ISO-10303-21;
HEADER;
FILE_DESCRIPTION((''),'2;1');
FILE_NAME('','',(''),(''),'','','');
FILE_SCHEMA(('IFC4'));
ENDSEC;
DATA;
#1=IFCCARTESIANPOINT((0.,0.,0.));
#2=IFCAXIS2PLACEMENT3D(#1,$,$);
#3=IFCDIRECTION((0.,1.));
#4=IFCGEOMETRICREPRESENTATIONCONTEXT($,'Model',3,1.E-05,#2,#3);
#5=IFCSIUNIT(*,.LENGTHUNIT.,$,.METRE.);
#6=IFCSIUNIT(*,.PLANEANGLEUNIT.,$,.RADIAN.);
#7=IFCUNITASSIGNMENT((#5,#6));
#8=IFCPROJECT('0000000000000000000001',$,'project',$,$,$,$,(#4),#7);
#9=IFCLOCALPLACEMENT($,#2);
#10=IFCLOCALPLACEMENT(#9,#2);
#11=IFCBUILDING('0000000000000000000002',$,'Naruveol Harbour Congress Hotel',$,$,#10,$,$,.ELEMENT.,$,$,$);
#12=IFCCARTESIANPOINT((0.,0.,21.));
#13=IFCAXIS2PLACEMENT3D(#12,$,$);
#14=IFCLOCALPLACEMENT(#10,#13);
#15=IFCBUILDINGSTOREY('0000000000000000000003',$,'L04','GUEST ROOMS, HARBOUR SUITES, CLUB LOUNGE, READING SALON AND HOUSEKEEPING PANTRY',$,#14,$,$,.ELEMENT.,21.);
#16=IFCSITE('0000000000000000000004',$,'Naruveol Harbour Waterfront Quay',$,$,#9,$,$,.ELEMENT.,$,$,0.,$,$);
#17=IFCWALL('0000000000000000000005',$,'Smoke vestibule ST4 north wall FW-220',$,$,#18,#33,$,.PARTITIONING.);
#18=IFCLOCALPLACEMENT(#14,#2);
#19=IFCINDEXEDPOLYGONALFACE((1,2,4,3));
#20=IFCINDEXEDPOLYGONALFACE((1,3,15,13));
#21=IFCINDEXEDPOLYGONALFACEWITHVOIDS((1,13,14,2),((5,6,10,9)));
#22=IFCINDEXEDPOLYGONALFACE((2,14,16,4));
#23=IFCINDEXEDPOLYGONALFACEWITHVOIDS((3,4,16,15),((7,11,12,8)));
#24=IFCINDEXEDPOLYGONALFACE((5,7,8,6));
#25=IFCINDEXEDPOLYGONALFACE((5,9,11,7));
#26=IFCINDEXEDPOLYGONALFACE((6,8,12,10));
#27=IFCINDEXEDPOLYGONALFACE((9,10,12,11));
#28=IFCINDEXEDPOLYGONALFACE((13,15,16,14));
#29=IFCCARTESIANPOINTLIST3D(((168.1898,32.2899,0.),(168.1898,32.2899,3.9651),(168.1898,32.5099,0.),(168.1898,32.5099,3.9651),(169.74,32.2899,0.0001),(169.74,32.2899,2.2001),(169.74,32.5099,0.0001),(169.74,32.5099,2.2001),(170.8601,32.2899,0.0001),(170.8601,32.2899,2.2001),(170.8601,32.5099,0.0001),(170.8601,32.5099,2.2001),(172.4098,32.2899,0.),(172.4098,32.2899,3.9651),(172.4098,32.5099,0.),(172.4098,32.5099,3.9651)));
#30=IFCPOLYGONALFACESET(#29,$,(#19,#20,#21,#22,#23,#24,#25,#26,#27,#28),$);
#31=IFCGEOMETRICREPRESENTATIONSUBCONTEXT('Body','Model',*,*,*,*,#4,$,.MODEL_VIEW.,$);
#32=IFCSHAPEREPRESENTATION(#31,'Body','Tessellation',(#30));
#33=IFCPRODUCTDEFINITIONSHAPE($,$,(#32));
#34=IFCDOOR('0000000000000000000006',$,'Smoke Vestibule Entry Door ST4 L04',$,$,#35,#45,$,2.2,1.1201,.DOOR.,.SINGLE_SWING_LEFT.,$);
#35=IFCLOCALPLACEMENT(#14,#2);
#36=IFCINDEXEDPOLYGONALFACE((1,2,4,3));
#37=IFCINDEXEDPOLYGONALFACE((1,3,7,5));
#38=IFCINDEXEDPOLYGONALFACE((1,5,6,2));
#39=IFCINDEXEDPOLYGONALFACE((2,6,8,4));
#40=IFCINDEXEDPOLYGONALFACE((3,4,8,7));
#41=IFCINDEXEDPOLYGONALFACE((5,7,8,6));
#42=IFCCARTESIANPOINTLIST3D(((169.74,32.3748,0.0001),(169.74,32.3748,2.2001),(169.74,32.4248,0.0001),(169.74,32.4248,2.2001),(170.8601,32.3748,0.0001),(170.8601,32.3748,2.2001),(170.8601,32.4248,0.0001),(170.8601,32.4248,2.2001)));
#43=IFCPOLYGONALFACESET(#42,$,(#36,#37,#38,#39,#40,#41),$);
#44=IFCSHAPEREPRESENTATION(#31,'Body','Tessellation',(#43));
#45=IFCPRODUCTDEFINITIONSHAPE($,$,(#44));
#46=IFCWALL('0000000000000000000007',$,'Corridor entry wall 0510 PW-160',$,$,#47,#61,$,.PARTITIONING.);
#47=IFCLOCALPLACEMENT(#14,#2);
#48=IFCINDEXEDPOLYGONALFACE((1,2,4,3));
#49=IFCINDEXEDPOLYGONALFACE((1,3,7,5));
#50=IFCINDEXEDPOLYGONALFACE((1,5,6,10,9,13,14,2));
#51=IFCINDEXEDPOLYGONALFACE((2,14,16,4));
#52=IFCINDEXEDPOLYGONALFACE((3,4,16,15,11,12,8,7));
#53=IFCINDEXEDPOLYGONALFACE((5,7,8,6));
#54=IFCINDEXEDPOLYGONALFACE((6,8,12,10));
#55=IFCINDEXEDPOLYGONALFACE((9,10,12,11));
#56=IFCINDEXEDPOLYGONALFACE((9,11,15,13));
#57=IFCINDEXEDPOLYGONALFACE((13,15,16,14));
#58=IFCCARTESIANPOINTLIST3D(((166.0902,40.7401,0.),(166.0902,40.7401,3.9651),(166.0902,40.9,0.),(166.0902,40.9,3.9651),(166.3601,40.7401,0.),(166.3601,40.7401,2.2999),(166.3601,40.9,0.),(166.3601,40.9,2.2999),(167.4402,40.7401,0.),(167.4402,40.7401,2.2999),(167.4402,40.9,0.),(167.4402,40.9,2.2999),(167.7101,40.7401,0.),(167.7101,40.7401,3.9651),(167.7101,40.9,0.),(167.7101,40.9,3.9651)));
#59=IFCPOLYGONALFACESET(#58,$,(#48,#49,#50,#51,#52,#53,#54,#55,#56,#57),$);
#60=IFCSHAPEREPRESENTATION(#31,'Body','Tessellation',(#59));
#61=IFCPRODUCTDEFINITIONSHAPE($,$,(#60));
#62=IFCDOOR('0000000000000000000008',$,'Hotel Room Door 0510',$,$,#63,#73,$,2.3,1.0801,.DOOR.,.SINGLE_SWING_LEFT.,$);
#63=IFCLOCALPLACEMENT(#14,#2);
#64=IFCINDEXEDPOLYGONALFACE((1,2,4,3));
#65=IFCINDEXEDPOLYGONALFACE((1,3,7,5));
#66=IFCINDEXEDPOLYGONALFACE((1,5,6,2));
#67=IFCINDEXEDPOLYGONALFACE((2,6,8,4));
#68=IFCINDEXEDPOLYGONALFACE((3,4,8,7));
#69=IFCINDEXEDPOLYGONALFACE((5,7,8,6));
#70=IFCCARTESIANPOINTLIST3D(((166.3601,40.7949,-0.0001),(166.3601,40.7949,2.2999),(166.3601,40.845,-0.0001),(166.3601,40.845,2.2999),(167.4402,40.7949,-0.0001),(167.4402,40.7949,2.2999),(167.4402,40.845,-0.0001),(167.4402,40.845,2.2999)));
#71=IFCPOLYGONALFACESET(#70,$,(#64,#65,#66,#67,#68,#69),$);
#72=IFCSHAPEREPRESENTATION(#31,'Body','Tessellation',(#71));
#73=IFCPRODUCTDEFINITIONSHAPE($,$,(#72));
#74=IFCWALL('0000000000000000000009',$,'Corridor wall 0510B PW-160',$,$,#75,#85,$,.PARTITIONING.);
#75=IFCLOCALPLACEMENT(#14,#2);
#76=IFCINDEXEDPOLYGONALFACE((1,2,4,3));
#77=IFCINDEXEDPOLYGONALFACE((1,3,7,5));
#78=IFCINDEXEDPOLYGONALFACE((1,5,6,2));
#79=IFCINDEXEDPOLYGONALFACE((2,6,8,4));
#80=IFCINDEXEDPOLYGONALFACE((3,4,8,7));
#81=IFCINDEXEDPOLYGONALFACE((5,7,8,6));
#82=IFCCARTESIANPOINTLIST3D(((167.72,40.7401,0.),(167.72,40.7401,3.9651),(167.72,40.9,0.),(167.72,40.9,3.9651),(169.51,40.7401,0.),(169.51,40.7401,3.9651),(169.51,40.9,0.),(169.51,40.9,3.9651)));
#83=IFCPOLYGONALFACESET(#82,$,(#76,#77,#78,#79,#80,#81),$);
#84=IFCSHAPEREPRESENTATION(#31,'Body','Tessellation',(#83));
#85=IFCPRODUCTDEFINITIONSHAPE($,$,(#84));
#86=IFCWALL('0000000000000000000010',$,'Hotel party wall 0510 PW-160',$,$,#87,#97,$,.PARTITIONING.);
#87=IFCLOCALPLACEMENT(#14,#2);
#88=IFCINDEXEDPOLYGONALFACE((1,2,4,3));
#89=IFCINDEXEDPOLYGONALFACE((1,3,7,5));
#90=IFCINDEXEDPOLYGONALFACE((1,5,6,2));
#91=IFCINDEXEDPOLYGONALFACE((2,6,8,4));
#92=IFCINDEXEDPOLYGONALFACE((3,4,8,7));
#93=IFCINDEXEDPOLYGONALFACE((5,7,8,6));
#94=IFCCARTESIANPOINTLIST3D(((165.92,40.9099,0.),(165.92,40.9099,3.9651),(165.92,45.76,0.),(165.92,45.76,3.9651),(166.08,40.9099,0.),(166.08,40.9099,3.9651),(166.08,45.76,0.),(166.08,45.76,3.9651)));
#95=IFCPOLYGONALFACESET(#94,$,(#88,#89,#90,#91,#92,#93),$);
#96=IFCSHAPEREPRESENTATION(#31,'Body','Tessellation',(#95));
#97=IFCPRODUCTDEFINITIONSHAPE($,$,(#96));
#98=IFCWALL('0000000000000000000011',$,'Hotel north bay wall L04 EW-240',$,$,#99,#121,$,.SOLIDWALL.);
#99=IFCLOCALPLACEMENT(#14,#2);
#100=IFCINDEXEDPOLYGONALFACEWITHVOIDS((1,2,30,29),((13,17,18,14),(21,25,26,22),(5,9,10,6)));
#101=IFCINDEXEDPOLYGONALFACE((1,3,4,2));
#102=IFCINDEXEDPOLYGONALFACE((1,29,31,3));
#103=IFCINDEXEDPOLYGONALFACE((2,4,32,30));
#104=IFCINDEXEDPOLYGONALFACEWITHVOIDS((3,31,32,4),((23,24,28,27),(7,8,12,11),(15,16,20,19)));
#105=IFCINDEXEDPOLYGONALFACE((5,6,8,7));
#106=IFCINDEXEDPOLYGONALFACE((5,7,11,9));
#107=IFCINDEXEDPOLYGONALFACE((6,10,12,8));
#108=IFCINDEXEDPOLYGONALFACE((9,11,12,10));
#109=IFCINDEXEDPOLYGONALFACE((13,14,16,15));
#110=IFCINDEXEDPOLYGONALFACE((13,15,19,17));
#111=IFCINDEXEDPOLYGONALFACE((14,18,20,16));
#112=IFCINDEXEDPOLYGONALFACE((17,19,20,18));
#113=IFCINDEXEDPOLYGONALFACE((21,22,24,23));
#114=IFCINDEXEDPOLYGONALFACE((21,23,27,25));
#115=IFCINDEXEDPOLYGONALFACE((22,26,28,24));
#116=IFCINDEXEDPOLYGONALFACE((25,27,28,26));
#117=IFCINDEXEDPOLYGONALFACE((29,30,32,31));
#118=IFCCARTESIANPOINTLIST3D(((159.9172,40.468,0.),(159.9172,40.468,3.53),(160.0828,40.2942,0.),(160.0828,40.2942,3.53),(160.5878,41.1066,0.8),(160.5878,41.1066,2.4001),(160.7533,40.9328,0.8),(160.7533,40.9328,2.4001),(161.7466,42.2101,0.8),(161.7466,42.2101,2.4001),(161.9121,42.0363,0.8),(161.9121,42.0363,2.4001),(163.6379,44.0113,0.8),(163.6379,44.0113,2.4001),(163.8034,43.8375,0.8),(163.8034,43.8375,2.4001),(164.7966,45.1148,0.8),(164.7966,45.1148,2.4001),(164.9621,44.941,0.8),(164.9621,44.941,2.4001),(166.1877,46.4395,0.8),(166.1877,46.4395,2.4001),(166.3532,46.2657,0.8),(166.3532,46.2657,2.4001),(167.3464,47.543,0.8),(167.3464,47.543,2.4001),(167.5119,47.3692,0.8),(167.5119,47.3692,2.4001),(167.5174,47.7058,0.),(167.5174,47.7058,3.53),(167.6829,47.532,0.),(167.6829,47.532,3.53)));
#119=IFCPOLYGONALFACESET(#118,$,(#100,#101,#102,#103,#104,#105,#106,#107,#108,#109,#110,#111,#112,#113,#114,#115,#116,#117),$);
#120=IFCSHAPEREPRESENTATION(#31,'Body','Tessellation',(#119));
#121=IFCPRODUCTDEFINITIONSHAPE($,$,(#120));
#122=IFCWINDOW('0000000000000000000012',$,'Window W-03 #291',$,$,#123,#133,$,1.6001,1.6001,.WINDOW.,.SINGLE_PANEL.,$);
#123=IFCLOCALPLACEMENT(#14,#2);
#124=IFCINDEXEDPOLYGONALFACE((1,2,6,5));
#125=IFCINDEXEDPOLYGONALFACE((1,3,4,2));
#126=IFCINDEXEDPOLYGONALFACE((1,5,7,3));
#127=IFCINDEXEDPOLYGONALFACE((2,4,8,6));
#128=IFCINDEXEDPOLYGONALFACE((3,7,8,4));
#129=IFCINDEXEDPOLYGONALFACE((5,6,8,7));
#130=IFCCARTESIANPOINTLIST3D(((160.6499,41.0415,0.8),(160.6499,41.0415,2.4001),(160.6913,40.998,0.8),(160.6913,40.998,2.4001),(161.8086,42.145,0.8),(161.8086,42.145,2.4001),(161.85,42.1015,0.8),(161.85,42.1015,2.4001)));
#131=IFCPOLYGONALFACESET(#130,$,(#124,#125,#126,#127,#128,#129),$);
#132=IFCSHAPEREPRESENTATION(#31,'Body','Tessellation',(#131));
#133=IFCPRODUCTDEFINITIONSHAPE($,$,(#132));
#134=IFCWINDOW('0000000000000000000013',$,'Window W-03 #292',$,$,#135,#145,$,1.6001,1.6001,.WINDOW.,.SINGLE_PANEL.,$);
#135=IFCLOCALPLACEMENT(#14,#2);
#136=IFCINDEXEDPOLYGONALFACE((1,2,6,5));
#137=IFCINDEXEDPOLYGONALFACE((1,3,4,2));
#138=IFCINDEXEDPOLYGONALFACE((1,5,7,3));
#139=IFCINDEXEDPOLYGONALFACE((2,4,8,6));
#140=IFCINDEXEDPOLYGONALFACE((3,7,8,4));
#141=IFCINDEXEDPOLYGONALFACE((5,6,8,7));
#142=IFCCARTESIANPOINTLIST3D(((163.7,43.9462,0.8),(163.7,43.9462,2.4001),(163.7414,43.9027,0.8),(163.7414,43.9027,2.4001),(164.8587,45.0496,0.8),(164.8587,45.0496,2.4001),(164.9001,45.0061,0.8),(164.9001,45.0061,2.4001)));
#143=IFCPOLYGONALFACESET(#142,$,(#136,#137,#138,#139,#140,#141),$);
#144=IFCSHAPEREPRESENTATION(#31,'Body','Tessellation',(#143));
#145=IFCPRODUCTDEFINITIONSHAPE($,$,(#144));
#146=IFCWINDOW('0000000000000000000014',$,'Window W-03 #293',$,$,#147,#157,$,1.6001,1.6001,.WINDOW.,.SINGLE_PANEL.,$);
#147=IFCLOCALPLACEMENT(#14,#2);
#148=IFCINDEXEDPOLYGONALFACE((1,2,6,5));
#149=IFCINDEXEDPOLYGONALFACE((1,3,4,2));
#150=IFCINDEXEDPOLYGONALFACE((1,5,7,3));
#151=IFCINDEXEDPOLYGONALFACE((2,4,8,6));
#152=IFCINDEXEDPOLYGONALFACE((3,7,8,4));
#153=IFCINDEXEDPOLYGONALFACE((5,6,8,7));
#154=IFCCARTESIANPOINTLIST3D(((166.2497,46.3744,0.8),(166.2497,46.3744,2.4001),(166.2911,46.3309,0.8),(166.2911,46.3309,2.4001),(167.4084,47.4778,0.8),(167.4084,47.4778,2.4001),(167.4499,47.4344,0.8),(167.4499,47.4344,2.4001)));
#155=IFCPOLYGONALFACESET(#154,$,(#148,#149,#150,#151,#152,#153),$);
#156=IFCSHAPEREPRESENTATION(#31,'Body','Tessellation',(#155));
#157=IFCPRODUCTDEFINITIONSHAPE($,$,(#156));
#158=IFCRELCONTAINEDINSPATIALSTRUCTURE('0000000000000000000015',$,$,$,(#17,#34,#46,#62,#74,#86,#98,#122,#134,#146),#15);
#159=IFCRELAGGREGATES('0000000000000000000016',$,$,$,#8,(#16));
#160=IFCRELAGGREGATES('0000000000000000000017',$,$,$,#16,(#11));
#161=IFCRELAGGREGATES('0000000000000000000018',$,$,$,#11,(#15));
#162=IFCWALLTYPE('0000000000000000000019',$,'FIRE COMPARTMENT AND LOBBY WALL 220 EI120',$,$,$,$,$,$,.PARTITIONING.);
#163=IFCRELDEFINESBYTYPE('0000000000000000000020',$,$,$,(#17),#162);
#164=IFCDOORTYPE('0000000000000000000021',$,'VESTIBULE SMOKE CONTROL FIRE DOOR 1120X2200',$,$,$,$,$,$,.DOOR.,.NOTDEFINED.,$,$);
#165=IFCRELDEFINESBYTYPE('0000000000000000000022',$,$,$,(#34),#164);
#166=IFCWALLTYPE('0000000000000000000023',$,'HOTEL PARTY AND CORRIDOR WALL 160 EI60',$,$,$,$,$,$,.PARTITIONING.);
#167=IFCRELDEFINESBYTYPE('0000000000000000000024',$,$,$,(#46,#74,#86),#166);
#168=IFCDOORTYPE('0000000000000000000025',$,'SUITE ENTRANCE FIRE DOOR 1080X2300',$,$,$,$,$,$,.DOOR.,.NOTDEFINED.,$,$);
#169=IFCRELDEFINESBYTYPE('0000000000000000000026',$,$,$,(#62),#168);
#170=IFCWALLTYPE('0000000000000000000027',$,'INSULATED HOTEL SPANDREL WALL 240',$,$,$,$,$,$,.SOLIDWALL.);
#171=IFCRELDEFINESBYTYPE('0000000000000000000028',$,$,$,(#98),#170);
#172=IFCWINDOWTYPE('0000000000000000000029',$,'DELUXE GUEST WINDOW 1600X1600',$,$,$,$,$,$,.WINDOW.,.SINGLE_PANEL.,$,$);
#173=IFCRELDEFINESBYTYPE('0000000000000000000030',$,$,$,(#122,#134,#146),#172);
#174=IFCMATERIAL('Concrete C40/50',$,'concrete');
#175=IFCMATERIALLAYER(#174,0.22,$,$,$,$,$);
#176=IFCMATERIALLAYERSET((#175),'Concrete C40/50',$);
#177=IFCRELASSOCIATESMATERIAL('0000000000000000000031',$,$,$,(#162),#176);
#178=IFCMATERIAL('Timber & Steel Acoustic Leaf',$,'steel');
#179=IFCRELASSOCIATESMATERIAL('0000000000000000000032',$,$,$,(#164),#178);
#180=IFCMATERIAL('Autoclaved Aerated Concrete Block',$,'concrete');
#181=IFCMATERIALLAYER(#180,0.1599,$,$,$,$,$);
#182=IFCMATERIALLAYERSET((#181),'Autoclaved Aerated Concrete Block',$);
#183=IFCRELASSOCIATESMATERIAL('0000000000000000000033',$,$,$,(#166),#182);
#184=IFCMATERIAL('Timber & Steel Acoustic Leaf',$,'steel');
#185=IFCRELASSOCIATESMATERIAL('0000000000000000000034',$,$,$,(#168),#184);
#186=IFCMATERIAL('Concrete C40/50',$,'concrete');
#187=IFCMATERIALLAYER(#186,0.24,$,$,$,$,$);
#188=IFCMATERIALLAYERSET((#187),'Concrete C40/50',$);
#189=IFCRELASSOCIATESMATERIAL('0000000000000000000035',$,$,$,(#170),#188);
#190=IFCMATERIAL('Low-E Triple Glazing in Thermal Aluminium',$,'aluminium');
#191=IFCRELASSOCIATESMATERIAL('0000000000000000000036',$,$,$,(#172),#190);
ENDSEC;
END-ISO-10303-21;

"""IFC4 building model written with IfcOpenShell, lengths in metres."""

from ifc_helpers import new_model, si_unit, direction, frame, frame_2d, origin, place, context, subcontext, project, spatial, rectangle, extrude, material, layer, layer_set, type_object, element, fill, save


model = new_model("IFC4")

# Units and contexts
model_context = context("Model", 3, precision=1e-05, world=origin(), true_north=direction((0.0, 1.0)))
body_context = subcontext(model_context, "Body", "Model", "MODEL_VIEW")
ifc_project = project(units=[si_unit("LENGTHUNIT", "METRE"), si_unit("PLANEANGLEUNIT", "RADIAN")], contexts=[model_context])

# Site, building, storey
site_placement = place(None, origin())
site = spatial("IfcSite", under=ifc_project, at=site_placement, Name="Naruveol Harbour Waterfront Quay", CompositionType="ELEMENT", RefElevation=0.0)
building_placement = place(site_placement, origin())
building = spatial("IfcBuilding", under=site, at=building_placement, Name="Naruveol Harbour Congress Hotel", CompositionType="ELEMENT")
storey_placement = place(building_placement, frame((0.0, 0.0, 21.0)))
storey = spatial("IfcBuildingStorey", under=building, at=storey_placement, Name="L04", Description="GUEST ROOMS, HARBOUR SUITES, CLUB LOUNGE, READING SALON AND HOUSEKEEPING PANTRY", CompositionType="ELEMENT", Elevation=21.0)

# Walls, openings, doors
ifc_material_1 = material(Name="Concrete C40/50", Category="concrete")
ifc_layer_1 = layer(ifc_material_1, 0.22)
ifc_layer_set_1 = layer_set([ifc_layer_1], Name="Concrete C40/50")
wall_type_1 = type_object("IfcWallType", Name="FIRE COMPARTMENT AND LOBBY WALL 220 EI120", PredefinedType="PARTITIONING", material=ifc_layer_set_1)
wall_1_placement = place(storey_placement, frame((168.1899, 32.3999, 0.0), z_axis=(0.0, 0.0, 1.0), x_axis=(1.0, 0.0, 0.0)))
wall_1 = element("IfcWall", 1, at=wall_1_placement, inside=storey, type_object=wall_type_1, Name="Smoke vestibule ST4 north wall FW-220", PredefinedType="PARTITIONING", context=body_context, shape_type="SweptSolid", body=[
    extrude(rectangle(XDim=4.22, YDim=0.22, at=frame_2d((2.1099, 0.0))), origin(), (0.0, 0.0, 1.0), 3.9651),
])
opening_1_placement = place(wall_1_placement, frame((1.55, 0.0, 0.0)))
opening_1 = element("IfcOpeningElement", 2, at=opening_1_placement, cuts=wall_1, PredefinedType="OPENING", context=body_context, shape_type="SweptSolid", body=[
    extrude(rectangle(XDim=1.1201, YDim=2.2, at=frame_2d((0.5601, 1.1001))), frame((0.0, 0.1199, 0.0), z_axis=(0.0, -1.0, 0.0), x_axis=(1.0, 0.0, 0.0)), (0.0, 0.0, 1.0), 0.24),
])
ifc_material_2 = material(Name="Timber & Steel Acoustic Leaf", Category="steel")
door_type_1 = type_object("IfcDoorType", Name="VESTIBULE SMOKE CONTROL FIRE DOOR 1120X2200", OperationType="NOTDEFINED", PredefinedType="DOOR", material=ifc_material_2)
door_1_placement = place(opening_1_placement, origin())
door_1 = element("IfcDoor", 3, at=door_1_placement, inside=storey, type_object=door_type_1, Name="Smoke Vestibule Entry Door ST4 L04", OperationType="SINGLE_SWING_LEFT", OverallHeight=2.2, OverallWidth=1.1201, PredefinedType="DOOR", context=body_context, shape_type="SweptSolid", body=[
    extrude(rectangle(XDim=1.1201, YDim=2.2, at=frame_2d((0.5601, 1.1001))), frame((0.0, 0.0249, 0.0), z_axis=(0.0, -1.0, 0.0), x_axis=(1.0, 0.0, 0.0)), (0.0, 0.0, 1.0), 0.05),
])
fill(opening_1, door_1)
ifc_material_3 = material(Name="Autoclaved Aerated Concrete Block", Category="concrete")
ifc_layer_2 = layer(ifc_material_3, 0.1599)
ifc_layer_set_2 = layer_set([ifc_layer_2], Name="Autoclaved Aerated Concrete Block")
wall_type_2 = type_object("IfcWallType", Name="HOTEL PARTY AND CORRIDOR WALL 160 EI60", PredefinedType="PARTITIONING", material=ifc_layer_set_2)
wall_2_placement = place(storey_placement, frame((166.0901, 40.8201, 0.0), z_axis=(0.0, 0.0, 1.0), x_axis=(1.0, 0.0, 0.0)))
wall_2 = element("IfcWall", 4, at=wall_2_placement, inside=storey, type_object=wall_type_2, Name="Corridor entry wall 0510 PW-160", PredefinedType="PARTITIONING", context=body_context, shape_type="SweptSolid", body=[
    extrude(rectangle(XDim=1.6199, YDim=0.1599, at=frame_2d((0.8101, 0.0))), origin(), (0.0, 0.0, 1.0), 3.9651),
])
opening_2_placement = place(wall_2_placement, frame((0.27, 0.0, 0.0)))
opening_2 = element("IfcOpeningElement", 5, at=opening_2_placement, cuts=wall_2, PredefinedType="OPENING", context=body_context, shape_type="SweptSolid", body=[
    extrude(rectangle(XDim=1.0801, YDim=2.3, at=frame_2d((0.54, 1.1499))), frame((0.0, 0.0898, 0.0), z_axis=(0.0, -1.0, 0.0), x_axis=(1.0, 0.0, 0.0)), (0.0, 0.0, 1.0), 0.1799),
])
ifc_material_4 = material(Name="Timber & Steel Acoustic Leaf", Category="steel")
door_type_2 = type_object("IfcDoorType", Name="SUITE ENTRANCE FIRE DOOR 1080X2300", OperationType="NOTDEFINED", PredefinedType="DOOR", material=ifc_material_4)
door_2_placement = place(opening_2_placement, origin())
door_2 = element("IfcDoor", 6, at=door_2_placement, inside=storey, type_object=door_type_2, Name="Hotel Room Door 0510", OperationType="SINGLE_SWING_LEFT", OverallHeight=2.3, OverallWidth=1.0801, PredefinedType="DOOR", context=body_context, shape_type="SweptSolid", body=[
    extrude(rectangle(XDim=1.0801, YDim=2.3, at=frame_2d((0.54, 1.1499))), frame((0.0, 0.0249, 0.0), z_axis=(0.0, -1.0, 0.0), x_axis=(1.0, 0.0, 0.0)), (0.0, 0.0, 1.0), 0.05),
])
fill(opening_2, door_2)

# Walls
wall_3_placement = place(storey_placement, frame((167.72, 40.8201, 0.0), z_axis=(0.0, 0.0, 1.0), x_axis=(1.0, 0.0, 0.0)))
element("IfcWall", 7, at=wall_3_placement, inside=storey, type_object=wall_type_2, Name="Corridor wall 0510B PW-160", PredefinedType="PARTITIONING", context=body_context, shape_type="SweptSolid", body=[
    extrude(rectangle(XDim=1.79, YDim=0.1599, at=frame_2d((0.895, 0.0))), origin(), (0.0, 0.0, 1.0), 3.9651),
])
wall_4_placement = place(storey_placement, frame((166.0, 40.9099, 0.0), z_axis=(0.0, 0.0, 1.0), x_axis=(0.0, 1.0, 0.0)))
element("IfcWall", 8, at=wall_4_placement, inside=storey, type_object=wall_type_2, Name="Hotel party wall 0510 PW-160", PredefinedType="PARTITIONING", context=body_context, shape_type="SweptSolid", body=[
    extrude(rectangle(XDim=4.8501, YDim=0.1599, at=frame_2d((2.425, 0.0))), origin(), (0.0, 0.0, 1.0), 3.9651),
])

# Wall, openings, windows
ifc_material_5 = material(Name="Concrete C40/50", Category="concrete")
ifc_layer_3 = layer(ifc_material_5, 0.24)
ifc_layer_set_3 = layer_set([ifc_layer_3], Name="Concrete C40/50")
wall_type_3 = type_object("IfcWallType", Name="INSULATED HOTEL SPANDREL WALL 240", PredefinedType="SOLIDWALL", material=ifc_layer_set_3)
wall_5_placement = place(storey_placement, frame((160.0, 40.3811, 0.0), z_axis=(0.0, 0.0, 1.0), x_axis=(0.724157, 0.689635, 0.0)))
wall_5 = element("IfcWall", 9, at=wall_5_placement, inside=storey, type_object=wall_type_3, Name="Hotel north bay wall L04 EW-240", PredefinedType="SOLIDWALL", context=body_context, shape_type="SweptSolid", body=[
    extrude(rectangle(XDim=10.4951, YDim=0.24, at=frame_2d((5.2476, 0.0))), origin(), (0.0, 0.0, 1.0), 3.53),
])
opening_3_placement = place(wall_5_placement, frame((0.926, 0.0, 0.8)))
opening_3 = element("IfcOpeningElement", 10, at=opening_3_placement, cuts=wall_5, PredefinedType="OPENING", context=body_context, shape_type="SweptSolid", body=[
    extrude(rectangle(XDim=1.6001, YDim=1.6001, at=frame_2d((0.8, 0.8))), frame((0.0, 0.1299, 0.0), z_axis=(0.0, -1.0, 0.0), x_axis=(1.0, 0.0, 0.0)), (0.0, 0.0, 1.0), 0.26),
])
opening_4_placement = place(wall_5_placement, frame((5.1379, 0.0, 0.8)))
opening_4 = element("IfcOpeningElement", 11, at=opening_4_placement, cuts=wall_5, PredefinedType="OPENING", context=body_context, shape_type="SweptSolid", body=[
    extrude(rectangle(XDim=1.6001, YDim=1.6001, at=frame_2d((0.8, 0.8))), frame((0.0, 0.1299, 0.0), z_axis=(0.0, -1.0, 0.0), x_axis=(1.0, 0.0, 0.0)), (0.0, 0.0, 1.0), 0.26),
])
opening_5_placement = place(wall_5_placement, frame((8.6589, 0.0, 0.8)))
opening_5 = element("IfcOpeningElement", 12, at=opening_5_placement, cuts=wall_5, PredefinedType="OPENING", context=body_context, shape_type="SweptSolid", body=[
    extrude(rectangle(XDim=1.6001, YDim=1.6001, at=frame_2d((0.8, 0.8))), frame((0.0, 0.1299, 0.0), z_axis=(0.0, -1.0, 0.0), x_axis=(1.0, 0.0, 0.0)), (0.0, 0.0, 1.0), 0.26),
])
ifc_material_6 = material(Name="Low-E Triple Glazing in Thermal Aluminium", Category="aluminium")
window_type_1 = type_object("IfcWindowType", Name="DELUXE GUEST WINDOW 1600X1600", PartitioningType="SINGLE_PANEL", PredefinedType="WINDOW", material=ifc_material_6)
window_1_placement = place(opening_3_placement, origin())
window_1 = element("IfcWindow", 13, at=window_1_placement, inside=storey, type_object=window_type_1, Name="Window W-03 #291", OverallHeight=1.6001, OverallWidth=1.6001, PartitioningType="SINGLE_PANEL", PredefinedType="WINDOW", context=body_context, shape_type="SweptSolid", body=[
    extrude(rectangle(XDim=1.6001, YDim=1.6001, at=frame_2d((0.8, 0.8))), frame((0.0, 0.03, 0.0), z_axis=(0.0, -1.0, 0.0), x_axis=(1.0, 0.0, 0.0)), (0.0, 0.0, 1.0), 0.0601),
])
fill(opening_3, window_1)
window_2_placement = place(opening_4_placement, origin())
window_2 = element("IfcWindow", 14, at=window_2_placement, inside=storey, type_object=window_type_1, Name="Window W-03 #292", OverallHeight=1.6001, OverallWidth=1.6001, PartitioningType="SINGLE_PANEL", PredefinedType="WINDOW", context=body_context, shape_type="SweptSolid", body=[
    extrude(rectangle(XDim=1.6001, YDim=1.6001, at=frame_2d((0.8, 0.8))), frame((0.0, 0.03, 0.0), z_axis=(0.0, -1.0, 0.0), x_axis=(1.0, 0.0, 0.0)), (0.0, 0.0, 1.0), 0.0601),
])
fill(opening_4, window_2)
window_3_placement = place(opening_5_placement, origin())
window_3 = element("IfcWindow", 15, at=window_3_placement, inside=storey, type_object=window_type_1, Name="Window W-03 #293", OverallHeight=1.6001, OverallWidth=1.6001, PartitioningType="SINGLE_PANEL", PredefinedType="WINDOW", context=body_context, shape_type="SweptSolid", body=[
    extrude(rectangle(XDim=1.6001, YDim=1.6001, at=frame_2d((0.8, 0.8))), frame((0.0, 0.03, 0.0), z_axis=(0.0, -1.0, 0.0), x_axis=(1.0, 0.0, 0.0)), (0.0, 0.0, 1.0), 0.0601),
])
fill(opening_5, window_3)

save(model, "model.ifc")
